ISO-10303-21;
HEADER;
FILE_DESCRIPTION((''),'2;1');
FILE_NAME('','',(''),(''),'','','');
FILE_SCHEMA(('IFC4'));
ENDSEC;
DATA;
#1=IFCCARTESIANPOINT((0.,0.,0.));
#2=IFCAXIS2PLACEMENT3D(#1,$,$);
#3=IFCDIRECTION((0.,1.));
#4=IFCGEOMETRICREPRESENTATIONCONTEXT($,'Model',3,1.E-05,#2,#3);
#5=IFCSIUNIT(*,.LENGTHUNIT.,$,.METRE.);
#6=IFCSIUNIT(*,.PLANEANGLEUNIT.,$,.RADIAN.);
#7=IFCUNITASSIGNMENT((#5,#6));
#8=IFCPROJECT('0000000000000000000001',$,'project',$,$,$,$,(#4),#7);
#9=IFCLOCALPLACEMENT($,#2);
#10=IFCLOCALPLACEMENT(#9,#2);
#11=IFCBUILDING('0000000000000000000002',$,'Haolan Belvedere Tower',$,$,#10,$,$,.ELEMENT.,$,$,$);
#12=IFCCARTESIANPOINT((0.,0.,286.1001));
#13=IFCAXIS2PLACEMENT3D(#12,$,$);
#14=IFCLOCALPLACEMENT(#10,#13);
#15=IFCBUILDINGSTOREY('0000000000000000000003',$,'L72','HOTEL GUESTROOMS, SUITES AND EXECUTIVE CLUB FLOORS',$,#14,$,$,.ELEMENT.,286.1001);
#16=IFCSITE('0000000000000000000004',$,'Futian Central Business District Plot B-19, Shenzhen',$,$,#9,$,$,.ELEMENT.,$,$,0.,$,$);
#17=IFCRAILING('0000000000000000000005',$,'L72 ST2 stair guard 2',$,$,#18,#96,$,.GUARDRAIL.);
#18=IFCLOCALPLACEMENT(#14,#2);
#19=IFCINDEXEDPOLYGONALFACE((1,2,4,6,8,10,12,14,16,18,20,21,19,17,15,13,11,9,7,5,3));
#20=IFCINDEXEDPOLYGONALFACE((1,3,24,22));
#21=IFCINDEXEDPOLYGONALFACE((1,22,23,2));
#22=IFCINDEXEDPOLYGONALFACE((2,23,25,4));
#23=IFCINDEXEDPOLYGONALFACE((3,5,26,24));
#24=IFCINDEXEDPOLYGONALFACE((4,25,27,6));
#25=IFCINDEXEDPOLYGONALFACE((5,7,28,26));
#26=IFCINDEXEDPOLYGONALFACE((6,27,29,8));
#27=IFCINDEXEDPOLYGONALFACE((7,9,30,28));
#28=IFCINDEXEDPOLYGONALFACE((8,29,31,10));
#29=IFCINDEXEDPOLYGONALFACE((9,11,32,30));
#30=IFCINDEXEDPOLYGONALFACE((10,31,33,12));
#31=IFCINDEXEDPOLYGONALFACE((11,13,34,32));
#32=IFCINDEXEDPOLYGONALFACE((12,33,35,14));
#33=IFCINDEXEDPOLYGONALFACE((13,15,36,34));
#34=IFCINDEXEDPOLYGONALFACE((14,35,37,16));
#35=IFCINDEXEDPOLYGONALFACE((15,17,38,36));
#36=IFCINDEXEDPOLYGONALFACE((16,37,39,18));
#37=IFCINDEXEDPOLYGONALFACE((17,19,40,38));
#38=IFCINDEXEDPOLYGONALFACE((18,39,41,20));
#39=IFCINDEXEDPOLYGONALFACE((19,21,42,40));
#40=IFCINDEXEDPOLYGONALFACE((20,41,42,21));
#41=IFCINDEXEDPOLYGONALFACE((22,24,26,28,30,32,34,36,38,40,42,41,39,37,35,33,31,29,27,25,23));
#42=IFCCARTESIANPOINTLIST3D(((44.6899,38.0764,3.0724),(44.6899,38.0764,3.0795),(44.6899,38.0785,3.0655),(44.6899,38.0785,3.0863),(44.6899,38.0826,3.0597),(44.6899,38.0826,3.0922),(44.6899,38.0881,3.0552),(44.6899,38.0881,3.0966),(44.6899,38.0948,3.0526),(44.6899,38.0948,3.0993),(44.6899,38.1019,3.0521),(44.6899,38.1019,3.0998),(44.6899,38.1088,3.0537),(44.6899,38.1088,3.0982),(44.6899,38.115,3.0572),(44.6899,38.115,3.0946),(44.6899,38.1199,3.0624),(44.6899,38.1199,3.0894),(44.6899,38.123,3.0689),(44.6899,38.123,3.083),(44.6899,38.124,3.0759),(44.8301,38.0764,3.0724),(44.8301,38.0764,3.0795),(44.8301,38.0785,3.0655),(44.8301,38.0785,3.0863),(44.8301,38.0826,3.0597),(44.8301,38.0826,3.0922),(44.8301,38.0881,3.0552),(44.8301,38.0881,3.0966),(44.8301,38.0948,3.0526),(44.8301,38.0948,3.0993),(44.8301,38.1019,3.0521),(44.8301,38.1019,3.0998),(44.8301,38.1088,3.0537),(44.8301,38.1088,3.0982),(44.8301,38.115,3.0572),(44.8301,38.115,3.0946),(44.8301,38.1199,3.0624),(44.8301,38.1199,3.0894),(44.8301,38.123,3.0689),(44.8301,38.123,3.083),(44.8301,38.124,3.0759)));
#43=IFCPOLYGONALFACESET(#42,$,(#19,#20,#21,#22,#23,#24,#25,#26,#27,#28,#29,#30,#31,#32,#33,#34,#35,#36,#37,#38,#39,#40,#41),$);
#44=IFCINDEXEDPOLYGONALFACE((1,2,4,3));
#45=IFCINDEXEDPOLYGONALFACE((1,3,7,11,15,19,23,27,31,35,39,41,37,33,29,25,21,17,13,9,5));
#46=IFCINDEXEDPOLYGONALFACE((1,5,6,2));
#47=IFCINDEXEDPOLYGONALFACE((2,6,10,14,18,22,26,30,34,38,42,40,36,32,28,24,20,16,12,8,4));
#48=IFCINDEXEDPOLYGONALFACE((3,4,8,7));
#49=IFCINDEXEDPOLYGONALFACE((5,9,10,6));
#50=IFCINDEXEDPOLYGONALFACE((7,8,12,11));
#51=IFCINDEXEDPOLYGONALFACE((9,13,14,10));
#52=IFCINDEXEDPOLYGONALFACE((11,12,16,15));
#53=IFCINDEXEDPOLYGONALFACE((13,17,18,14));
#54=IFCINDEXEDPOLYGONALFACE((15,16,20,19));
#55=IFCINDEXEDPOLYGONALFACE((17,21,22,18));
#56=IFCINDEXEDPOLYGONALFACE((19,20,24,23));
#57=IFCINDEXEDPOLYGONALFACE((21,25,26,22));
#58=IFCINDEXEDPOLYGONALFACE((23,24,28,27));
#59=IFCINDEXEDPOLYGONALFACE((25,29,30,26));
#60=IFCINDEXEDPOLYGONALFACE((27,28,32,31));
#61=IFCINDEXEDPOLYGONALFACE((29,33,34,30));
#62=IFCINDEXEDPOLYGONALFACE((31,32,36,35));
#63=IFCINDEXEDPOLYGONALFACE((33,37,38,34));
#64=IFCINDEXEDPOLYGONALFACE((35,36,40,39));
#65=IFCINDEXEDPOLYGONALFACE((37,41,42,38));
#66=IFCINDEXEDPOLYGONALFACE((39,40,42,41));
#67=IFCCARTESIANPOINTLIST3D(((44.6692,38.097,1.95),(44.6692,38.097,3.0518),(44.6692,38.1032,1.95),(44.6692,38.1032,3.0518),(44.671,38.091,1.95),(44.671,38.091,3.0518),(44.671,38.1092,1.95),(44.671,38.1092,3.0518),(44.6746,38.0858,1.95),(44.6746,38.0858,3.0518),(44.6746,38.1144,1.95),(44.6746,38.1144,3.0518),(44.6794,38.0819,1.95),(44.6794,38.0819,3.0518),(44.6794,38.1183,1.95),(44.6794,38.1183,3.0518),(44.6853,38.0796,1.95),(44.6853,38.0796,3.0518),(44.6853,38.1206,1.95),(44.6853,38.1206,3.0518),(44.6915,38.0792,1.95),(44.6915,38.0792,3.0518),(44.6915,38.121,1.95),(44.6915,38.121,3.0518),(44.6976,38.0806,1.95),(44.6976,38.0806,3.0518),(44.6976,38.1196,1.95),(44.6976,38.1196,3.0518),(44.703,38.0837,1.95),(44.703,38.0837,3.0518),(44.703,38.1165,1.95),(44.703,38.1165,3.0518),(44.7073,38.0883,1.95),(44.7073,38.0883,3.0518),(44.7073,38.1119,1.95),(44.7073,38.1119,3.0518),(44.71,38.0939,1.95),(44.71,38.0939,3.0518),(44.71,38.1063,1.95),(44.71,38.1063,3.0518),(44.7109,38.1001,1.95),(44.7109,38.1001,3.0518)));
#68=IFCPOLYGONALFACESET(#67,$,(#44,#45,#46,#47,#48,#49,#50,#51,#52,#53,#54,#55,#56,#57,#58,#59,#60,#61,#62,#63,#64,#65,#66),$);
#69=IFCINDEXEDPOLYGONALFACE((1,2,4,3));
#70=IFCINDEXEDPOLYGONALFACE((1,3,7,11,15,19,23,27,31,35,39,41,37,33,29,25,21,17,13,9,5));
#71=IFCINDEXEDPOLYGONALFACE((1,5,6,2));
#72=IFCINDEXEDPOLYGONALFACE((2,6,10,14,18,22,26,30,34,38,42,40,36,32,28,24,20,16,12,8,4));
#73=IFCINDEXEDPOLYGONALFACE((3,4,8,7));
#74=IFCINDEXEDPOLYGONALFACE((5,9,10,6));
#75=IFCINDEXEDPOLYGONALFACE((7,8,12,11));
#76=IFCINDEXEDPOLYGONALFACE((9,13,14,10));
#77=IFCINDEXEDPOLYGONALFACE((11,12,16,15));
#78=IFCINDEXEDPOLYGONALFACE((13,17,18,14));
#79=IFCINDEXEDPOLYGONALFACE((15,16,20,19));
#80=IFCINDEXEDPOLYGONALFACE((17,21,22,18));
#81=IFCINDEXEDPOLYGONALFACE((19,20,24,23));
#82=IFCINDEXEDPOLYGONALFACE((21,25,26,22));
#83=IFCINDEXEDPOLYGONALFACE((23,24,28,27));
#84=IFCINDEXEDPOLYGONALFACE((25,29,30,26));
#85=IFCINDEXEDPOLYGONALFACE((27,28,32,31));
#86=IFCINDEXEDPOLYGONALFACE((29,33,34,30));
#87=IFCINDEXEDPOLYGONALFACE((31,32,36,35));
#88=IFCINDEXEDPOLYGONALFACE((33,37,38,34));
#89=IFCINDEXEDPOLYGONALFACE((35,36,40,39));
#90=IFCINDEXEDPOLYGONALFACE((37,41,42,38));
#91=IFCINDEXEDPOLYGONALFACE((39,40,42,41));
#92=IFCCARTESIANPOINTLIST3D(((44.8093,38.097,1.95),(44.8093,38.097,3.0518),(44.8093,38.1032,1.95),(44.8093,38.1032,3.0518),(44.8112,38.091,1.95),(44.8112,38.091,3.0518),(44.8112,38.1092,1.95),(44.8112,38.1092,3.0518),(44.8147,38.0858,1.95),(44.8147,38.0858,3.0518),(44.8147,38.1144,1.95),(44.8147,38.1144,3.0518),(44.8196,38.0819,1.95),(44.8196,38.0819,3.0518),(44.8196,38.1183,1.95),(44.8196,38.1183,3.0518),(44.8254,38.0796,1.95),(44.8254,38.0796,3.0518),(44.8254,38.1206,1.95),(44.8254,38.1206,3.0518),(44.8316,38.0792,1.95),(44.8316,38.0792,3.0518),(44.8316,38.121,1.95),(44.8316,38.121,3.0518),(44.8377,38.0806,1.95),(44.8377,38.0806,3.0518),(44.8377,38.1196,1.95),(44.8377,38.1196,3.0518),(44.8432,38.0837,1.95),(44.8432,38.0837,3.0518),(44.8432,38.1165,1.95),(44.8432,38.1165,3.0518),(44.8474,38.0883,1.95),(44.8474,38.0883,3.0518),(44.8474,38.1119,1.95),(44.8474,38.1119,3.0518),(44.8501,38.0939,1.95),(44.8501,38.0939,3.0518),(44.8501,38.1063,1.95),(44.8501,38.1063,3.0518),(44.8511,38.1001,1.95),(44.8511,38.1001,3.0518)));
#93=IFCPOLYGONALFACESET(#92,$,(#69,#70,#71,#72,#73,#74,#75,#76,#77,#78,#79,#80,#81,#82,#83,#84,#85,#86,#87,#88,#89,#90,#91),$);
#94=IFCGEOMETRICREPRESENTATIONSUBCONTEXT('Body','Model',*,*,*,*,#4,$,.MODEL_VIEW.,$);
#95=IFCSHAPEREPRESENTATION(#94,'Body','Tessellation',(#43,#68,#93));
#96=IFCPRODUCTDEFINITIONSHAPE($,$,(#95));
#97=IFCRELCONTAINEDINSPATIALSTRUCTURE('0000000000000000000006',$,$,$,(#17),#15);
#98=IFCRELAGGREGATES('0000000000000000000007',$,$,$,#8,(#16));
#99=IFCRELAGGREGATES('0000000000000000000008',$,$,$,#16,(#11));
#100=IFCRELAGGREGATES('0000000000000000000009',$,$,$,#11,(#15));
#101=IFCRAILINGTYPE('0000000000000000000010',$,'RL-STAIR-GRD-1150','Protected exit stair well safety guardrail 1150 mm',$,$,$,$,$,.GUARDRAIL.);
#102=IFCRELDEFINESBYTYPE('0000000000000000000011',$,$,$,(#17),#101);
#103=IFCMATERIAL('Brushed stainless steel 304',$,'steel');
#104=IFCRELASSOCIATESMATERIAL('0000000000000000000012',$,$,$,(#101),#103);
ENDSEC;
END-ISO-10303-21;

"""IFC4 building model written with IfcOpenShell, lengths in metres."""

from ifc_helpers import new_model, si_unit, direction, frame, origin, origin_2d, place, context, subcontext, project, spatial, circle, extrude, material, type_object, element, save


model = new_model("IFC4")

# Units and contexts
model_context = context("Model", 3, precision=1e-05, world=origin(), true_north=direction((0.0, 1.0)))
body_context = subcontext(model_context, "Body", "Model", "MODEL_VIEW")
ifc_project = project(units=[si_unit("LENGTHUNIT", "METRE"), si_unit("PLANEANGLEUNIT", "RADIAN")], contexts=[model_context])

# Site, building, storey
site_placement = place(None, origin())
site = spatial("IfcSite", under=ifc_project, at=site_placement, Name="Futian Central Business District Plot B-19, Shenzhen", CompositionType="ELEMENT", RefElevation=0.0)
building_placement = place(site_placement, origin())
building = spatial("IfcBuilding", under=site, at=building_placement, Name="Haolan Belvedere Tower", CompositionType="ELEMENT")
storey_placement = place(building_placement, frame((0.0, 0.0, 286.1001)))
storey = spatial("IfcBuildingStorey", under=building, at=storey_placement, Name="L72", Description="HOTEL GUESTROOMS, SUITES AND EXECUTIVE CLUB FLOORS", CompositionType="ELEMENT", Elevation=286.1001)

# Railing
ifc_material_1 = material(Name="Brushed stainless steel 304", Category="steel")
railing_type_1 = type_object("IfcRailingType", Name="RL-STAIR-GRD-1150", Description="Protected exit stair well safety guardrail 1150 mm", PredefinedType="GUARDRAIL", material=ifc_material_1)
railing_1_placement = place(storey_placement, frame((44.6899, 38.1001, 1.95)))
element("IfcRailing", 1, at=railing_1_placement, inside=storey, type_object=railing_type_1, Name="L72 ST2 stair guard 2", PredefinedType="GUARDRAIL", context=body_context, shape_type="SweptSolid", body=[
    extrude(circle(Radius=0.0239, at=origin_2d()), frame((0.0, 0.0, 1.126), z_axis=(1.0, 0.0, 0.0), x_axis=(0.0, 1.0, 0.0)), (0.0, 0.0, 1.0), 0.1401),
    extrude(circle(Radius=0.021, at=origin_2d()), origin(), (0.0, 0.0, 1.0), 1.1018),
    extrude(circle(Radius=0.021, at=origin_2d()), frame((0.1401, 0.0, 0.0)), (0.0, 0.0, 1.0), 1.1018),
])

save(model, "model.ifc")
